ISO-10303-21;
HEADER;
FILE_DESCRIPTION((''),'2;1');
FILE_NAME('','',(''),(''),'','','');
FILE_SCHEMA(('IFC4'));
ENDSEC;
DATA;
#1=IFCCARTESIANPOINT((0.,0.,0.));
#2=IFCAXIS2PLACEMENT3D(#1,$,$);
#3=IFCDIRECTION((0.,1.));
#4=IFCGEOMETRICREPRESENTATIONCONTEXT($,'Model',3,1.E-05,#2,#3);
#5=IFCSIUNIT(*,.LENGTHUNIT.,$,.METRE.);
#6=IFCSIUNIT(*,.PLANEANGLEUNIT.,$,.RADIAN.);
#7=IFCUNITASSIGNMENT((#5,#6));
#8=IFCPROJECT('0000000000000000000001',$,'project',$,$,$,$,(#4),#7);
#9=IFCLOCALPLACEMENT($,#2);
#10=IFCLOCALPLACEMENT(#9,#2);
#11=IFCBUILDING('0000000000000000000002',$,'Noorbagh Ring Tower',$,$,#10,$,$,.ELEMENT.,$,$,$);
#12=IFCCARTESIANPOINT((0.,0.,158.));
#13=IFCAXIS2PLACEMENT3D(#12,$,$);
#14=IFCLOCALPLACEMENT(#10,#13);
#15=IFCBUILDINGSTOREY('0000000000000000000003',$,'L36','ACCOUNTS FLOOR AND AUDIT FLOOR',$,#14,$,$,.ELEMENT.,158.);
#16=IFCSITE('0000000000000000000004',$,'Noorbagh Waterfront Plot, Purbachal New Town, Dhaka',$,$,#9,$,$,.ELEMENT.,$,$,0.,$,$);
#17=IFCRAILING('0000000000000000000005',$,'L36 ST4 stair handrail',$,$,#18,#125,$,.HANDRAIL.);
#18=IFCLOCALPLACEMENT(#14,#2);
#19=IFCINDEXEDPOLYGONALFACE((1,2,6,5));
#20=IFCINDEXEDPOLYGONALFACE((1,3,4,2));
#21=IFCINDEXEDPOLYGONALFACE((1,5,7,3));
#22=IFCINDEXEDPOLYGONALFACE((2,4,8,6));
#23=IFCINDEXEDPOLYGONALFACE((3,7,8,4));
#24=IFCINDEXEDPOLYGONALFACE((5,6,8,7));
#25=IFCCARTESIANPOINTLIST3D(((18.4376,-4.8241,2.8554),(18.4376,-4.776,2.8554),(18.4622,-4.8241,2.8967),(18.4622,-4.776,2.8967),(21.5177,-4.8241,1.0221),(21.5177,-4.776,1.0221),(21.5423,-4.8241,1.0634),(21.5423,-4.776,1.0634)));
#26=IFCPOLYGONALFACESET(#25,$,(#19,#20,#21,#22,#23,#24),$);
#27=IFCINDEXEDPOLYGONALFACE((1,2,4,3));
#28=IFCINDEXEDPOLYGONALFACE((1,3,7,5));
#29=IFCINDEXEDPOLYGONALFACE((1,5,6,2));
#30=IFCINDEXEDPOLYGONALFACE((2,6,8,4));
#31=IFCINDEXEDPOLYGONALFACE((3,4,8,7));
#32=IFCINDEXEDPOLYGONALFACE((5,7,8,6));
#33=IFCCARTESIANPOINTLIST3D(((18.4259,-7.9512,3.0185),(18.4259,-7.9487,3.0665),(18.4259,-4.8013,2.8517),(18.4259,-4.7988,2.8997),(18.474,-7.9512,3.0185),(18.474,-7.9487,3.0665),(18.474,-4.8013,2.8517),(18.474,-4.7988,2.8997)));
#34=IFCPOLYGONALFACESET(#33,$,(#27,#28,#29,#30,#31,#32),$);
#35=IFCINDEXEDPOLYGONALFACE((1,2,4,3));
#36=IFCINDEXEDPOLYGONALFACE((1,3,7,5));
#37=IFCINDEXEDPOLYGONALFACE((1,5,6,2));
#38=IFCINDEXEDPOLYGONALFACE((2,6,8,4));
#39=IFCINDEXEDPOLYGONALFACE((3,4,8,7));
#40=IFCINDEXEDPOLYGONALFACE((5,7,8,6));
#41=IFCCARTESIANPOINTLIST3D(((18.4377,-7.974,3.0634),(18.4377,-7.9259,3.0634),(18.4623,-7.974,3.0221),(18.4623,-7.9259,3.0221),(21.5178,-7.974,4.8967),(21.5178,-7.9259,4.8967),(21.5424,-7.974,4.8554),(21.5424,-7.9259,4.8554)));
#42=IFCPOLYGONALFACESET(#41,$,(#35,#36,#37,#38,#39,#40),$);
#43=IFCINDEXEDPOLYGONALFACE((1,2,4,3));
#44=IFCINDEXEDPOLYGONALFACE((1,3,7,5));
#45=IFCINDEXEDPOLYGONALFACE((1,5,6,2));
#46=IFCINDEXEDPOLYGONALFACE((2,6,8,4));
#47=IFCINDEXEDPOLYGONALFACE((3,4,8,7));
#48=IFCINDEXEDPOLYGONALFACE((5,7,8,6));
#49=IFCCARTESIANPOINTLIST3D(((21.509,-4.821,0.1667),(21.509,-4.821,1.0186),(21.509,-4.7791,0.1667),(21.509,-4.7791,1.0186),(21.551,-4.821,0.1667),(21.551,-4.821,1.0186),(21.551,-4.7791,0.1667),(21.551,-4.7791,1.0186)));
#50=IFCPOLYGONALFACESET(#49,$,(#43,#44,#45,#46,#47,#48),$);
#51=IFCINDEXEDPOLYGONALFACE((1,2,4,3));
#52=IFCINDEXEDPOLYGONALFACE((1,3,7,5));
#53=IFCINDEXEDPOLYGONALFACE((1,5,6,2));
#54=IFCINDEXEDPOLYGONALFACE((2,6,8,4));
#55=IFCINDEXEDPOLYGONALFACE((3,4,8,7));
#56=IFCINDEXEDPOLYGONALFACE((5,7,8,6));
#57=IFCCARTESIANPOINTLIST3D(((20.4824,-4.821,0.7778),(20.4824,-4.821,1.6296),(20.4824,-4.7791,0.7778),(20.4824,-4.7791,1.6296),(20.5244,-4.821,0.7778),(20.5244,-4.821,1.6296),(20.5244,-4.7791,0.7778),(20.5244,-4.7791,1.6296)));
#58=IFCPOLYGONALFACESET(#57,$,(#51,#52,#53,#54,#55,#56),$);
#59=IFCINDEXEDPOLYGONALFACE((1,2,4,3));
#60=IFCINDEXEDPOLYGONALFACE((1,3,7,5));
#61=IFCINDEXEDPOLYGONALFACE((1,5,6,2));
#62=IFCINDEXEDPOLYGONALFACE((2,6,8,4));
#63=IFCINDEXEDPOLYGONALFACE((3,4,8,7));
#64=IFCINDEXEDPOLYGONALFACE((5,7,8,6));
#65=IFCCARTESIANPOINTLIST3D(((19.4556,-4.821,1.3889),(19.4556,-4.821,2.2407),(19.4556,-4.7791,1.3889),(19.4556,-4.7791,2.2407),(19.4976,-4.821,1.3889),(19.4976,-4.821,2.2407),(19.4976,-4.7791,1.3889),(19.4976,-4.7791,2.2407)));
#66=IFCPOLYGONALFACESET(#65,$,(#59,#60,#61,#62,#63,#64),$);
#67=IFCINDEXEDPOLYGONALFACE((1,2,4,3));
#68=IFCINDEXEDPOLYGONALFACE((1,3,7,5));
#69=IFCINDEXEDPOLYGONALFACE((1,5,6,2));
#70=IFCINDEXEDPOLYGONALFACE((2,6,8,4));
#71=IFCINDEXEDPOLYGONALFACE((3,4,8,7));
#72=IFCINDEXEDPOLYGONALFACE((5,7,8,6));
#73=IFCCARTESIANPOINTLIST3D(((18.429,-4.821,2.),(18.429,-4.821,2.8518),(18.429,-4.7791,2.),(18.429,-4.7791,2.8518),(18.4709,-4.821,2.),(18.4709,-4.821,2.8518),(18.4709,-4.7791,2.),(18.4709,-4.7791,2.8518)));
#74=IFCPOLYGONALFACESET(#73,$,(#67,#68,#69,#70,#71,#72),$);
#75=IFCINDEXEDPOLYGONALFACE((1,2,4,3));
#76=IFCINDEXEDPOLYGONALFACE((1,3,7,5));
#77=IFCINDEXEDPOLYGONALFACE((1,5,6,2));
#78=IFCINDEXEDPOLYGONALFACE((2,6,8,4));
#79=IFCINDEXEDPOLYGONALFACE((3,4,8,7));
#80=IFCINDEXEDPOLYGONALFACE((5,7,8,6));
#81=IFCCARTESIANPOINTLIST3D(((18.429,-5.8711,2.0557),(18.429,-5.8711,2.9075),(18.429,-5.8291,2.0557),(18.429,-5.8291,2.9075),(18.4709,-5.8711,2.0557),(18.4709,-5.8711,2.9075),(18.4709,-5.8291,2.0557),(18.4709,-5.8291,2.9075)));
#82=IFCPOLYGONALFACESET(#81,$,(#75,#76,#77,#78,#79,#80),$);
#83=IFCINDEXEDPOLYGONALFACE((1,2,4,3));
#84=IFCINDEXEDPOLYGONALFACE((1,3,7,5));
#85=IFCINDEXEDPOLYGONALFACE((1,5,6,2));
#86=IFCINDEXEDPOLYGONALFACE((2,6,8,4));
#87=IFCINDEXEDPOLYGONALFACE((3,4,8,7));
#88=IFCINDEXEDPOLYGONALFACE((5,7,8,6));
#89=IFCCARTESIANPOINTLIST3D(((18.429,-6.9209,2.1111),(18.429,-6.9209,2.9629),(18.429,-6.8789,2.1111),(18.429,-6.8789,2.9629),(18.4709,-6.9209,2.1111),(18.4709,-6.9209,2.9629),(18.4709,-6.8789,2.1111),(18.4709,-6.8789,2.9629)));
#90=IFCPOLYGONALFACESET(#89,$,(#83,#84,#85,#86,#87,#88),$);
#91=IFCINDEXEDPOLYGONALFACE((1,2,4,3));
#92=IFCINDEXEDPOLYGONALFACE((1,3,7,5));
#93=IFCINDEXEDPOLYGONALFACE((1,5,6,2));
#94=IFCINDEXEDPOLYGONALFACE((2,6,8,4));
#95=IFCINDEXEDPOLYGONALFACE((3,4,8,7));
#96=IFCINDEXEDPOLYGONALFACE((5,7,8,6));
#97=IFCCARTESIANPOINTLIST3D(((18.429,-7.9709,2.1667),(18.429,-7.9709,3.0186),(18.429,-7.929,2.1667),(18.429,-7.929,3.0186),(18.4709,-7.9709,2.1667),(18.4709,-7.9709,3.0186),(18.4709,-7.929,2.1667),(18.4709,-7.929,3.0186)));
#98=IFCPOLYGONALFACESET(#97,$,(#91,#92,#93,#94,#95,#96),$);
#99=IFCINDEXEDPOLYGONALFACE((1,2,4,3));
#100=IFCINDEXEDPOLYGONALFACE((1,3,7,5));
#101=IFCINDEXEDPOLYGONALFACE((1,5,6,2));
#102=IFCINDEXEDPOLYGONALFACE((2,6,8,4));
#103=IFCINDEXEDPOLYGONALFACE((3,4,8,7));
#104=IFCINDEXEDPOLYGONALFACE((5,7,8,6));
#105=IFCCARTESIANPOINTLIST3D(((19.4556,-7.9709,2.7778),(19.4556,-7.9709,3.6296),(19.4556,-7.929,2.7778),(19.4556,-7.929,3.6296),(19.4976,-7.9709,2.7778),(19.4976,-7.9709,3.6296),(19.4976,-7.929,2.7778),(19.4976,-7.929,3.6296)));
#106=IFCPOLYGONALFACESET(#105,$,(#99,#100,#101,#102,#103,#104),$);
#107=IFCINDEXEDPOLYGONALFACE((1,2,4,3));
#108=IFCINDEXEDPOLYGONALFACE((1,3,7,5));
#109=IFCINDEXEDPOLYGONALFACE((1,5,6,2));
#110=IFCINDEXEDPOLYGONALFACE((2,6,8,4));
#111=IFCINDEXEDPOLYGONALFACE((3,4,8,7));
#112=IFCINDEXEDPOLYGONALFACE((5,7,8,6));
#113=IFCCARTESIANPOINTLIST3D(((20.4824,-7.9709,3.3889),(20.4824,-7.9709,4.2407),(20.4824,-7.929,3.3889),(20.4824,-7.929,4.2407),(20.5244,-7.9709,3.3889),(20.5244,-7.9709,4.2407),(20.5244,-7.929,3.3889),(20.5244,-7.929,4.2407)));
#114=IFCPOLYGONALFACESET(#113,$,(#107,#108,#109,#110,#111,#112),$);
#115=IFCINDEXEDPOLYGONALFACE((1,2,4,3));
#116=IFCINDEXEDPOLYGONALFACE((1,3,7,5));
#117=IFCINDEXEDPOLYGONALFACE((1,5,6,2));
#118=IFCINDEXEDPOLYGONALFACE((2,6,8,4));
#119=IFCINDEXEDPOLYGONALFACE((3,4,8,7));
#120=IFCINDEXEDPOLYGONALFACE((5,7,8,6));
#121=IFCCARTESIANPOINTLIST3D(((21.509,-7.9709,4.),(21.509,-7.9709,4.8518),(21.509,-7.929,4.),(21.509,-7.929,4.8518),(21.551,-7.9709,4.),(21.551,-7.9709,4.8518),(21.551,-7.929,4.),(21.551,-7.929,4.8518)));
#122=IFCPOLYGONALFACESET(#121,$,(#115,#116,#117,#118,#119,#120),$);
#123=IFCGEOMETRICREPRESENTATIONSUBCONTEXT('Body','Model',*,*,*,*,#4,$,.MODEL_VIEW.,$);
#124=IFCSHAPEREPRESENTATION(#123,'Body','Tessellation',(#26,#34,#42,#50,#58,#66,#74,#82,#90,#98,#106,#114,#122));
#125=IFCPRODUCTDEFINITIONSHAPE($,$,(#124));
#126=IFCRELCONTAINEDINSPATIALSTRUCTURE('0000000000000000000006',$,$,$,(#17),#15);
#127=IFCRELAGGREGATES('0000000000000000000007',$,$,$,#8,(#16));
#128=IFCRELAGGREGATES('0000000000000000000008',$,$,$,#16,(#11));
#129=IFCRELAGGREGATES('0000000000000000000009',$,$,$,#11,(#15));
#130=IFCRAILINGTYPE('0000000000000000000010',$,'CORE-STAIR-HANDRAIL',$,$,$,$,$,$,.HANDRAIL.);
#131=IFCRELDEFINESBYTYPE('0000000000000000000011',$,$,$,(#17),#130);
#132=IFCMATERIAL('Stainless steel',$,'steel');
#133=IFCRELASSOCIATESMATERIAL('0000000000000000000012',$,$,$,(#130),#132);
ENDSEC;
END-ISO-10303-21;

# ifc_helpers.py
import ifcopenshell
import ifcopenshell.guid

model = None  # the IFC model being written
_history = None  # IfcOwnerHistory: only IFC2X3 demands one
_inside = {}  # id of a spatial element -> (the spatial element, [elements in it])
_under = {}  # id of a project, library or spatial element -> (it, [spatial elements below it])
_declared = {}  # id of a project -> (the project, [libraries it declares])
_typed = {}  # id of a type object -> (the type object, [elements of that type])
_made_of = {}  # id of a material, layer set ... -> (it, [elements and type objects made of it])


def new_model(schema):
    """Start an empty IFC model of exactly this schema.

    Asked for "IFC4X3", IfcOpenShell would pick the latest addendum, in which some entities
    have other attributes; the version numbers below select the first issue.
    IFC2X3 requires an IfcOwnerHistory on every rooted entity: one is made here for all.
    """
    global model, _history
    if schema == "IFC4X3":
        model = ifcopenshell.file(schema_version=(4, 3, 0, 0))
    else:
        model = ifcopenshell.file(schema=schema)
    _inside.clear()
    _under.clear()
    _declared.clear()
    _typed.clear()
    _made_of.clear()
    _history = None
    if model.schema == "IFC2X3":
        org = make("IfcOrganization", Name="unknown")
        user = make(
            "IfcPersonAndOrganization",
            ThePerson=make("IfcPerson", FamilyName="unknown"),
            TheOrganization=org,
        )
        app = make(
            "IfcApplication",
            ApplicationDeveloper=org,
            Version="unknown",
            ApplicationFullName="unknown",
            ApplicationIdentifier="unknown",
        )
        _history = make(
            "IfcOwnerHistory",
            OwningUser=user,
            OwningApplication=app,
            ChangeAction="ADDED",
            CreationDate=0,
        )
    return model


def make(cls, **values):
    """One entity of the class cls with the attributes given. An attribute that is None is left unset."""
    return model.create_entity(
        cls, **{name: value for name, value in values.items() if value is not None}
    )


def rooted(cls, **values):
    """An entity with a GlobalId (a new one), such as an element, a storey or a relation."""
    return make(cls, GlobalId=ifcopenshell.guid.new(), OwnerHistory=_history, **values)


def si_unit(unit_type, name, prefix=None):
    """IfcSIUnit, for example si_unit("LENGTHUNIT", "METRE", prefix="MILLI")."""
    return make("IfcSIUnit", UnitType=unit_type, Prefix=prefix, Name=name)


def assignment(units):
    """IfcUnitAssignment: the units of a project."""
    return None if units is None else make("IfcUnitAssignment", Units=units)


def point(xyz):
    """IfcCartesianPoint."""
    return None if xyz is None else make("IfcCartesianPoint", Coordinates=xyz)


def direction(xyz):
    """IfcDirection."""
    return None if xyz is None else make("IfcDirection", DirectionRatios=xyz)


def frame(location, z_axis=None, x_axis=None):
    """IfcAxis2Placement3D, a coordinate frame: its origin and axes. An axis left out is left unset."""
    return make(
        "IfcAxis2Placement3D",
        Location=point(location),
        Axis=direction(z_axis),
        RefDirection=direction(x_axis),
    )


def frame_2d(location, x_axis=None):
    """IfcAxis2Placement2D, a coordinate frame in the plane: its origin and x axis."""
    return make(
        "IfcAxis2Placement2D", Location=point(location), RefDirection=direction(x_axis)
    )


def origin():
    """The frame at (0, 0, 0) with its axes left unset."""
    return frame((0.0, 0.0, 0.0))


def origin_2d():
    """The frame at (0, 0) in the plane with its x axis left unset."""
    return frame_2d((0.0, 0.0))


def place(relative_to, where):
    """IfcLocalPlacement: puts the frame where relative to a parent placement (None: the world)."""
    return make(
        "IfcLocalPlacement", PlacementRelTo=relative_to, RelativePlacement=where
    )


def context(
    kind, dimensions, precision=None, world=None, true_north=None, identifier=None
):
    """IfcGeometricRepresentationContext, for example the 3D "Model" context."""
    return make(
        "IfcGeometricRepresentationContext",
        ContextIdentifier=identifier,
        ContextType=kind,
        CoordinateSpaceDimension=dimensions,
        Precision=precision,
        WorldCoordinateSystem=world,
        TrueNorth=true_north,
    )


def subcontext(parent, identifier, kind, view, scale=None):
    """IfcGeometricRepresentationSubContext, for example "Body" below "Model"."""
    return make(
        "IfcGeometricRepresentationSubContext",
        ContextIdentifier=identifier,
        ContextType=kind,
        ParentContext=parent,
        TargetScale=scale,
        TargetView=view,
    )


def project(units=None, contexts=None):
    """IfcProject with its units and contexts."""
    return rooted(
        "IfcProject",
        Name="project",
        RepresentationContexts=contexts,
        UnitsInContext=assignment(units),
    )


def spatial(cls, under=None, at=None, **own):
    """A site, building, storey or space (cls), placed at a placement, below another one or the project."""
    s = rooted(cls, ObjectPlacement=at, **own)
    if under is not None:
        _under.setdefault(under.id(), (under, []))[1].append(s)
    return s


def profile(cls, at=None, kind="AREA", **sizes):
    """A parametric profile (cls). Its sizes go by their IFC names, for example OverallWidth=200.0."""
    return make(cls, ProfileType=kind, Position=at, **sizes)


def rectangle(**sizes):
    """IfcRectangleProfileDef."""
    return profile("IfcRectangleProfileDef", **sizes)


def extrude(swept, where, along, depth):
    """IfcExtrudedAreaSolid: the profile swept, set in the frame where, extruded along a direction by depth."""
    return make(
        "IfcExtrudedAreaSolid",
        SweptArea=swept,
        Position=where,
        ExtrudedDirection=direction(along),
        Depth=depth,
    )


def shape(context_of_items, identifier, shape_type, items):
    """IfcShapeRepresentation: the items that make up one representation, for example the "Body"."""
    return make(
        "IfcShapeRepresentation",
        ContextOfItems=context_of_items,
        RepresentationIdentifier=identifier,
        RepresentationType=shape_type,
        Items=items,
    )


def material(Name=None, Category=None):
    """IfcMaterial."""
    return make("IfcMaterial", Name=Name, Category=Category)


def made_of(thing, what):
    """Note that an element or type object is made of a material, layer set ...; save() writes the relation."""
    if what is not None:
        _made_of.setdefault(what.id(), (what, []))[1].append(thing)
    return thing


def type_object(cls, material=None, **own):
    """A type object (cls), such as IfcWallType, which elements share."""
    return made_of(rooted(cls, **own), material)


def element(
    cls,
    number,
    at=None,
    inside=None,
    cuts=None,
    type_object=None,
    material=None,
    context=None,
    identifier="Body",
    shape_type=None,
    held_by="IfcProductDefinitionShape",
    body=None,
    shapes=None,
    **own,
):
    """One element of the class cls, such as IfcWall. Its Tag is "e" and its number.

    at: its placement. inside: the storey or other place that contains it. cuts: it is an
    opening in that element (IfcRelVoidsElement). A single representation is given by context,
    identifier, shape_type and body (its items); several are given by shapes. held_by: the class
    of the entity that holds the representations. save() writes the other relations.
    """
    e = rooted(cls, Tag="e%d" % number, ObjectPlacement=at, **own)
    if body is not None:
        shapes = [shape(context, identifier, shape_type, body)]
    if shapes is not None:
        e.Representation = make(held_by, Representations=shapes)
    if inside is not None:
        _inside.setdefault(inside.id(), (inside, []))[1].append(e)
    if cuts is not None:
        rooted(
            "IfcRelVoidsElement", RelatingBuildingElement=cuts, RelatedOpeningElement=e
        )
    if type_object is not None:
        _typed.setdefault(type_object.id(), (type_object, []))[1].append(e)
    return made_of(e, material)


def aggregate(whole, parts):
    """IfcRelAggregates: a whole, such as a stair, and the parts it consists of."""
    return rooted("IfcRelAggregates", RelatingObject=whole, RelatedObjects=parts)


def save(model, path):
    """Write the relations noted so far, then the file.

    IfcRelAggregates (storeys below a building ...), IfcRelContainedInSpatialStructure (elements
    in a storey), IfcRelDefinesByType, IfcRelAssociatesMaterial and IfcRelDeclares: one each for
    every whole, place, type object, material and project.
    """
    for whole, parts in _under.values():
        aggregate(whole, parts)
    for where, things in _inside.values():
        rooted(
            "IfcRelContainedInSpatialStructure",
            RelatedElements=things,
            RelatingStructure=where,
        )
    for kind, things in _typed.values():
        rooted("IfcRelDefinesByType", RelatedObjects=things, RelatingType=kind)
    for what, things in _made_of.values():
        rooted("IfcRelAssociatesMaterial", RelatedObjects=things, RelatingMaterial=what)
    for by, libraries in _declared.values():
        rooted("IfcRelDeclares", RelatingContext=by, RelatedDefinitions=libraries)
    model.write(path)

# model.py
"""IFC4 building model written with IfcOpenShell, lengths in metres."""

from ifc_helpers import new_model, si_unit, direction, frame, origin, origin_2d, place, context, subcontext, project, spatial, rectangle, extrude, material, type_object, element, save


model = new_model("IFC4")

# Units and contexts
model_context = context("Model", 3, precision=1e-05, world=origin(), true_north=direction((0.0, 1.0)))
body_context = subcontext(model_context, "Body", "Model", "MODEL_VIEW")
ifc_project = project(units=[si_unit("LENGTHUNIT", "METRE"), si_unit("PLANEANGLEUNIT", "RADIAN")], contexts=[model_context])

# Site, building, storey
site_placement = place(None, origin())
site = spatial("IfcSite", under=ifc_project, at=site_placement, Name="Noorbagh Waterfront Plot, Purbachal New Town, Dhaka", CompositionType="ELEMENT", RefElevation=0.0)
building_placement = place(site_placement, origin())
building = spatial("IfcBuilding", under=site, at=building_placement, Name="Noorbagh Ring Tower", CompositionType="ELEMENT")
storey_placement = place(building_placement, frame((0.0, 0.0, 158.0)))
storey = spatial("IfcBuildingStorey", under=building, at=storey_placement, Name="L36", Description="ACCOUNTS FLOOR AND AUDIT FLOOR", CompositionType="ELEMENT", Elevation=158.0)

# Railing
ifc_material_1 = material(Name="Stainless steel", Category="steel")
railing_type_1 = type_object("IfcRailingType", Name="CORE-STAIR-HANDRAIL", PredefinedType="HANDRAIL", material=ifc_material_1)
railing_1_placement = place(storey_placement, frame((21.53, -4.8, 0.1667)))
element("IfcRailing", 1, at=railing_1_placement, inside=storey, type_object=railing_type_1, Name="L36 ST4 stair handrail", PredefinedType="HANDRAIL", context=body_context, shape_type="SweptSolid", body=[
    extrude(rectangle(XDim=0.0481, YDim=0.0481, at=origin_2d()), frame((0.0, 0.0, 0.876), z_axis=(-0.859309, 0.0, 0.511458), x_axis=(0.0, -1.0, 0.0)), (0.0, 0.0, 1.0), 3.5845),
    extrude(rectangle(XDim=0.0481, YDim=0.0481, at=origin_2d()), frame((-3.0801, 0.0, 2.709), z_axis=(0.0, -0.998602, 0.052864), x_axis=(1.0, 0.0, 0.0)), (0.0, 0.0, 1.0), 3.1543),
    extrude(rectangle(XDim=0.0481, YDim=0.0481, at=origin_2d()), frame((-3.0801, -3.1499, 2.876), z_axis=(0.859309, 0.0, 0.511458), x_axis=(0.0, 1.0, 0.0)), (0.0, 0.0, 1.0), 3.5845),
    extrude(rectangle(XDim=0.042, YDim=0.042, at=origin_2d()), origin(), (0.0, 0.0, 1.0), 0.8518),
    extrude(rectangle(XDim=0.042, YDim=0.042, at=origin_2d()), frame((-1.0266, 0.0, 0.6111)), (0.0, 0.0, 1.0), 0.8518),
    extrude(rectangle(XDim=0.042, YDim=0.042, at=origin_2d()), frame((-2.0535, 0.0, 1.2222)), (0.0, 0.0, 1.0), 0.8518),
    extrude(rectangle(XDim=0.042, YDim=0.042, at=origin_2d()), frame((-3.0801, 0.0, 1.8333)), (0.0, 0.0, 1.0), 0.8518),
    extrude(rectangle(XDim=0.042, YDim=0.042, at=origin_2d()), frame((-3.0801, -1.05, 1.8889)), (0.0, 0.0, 1.0), 0.8518),
    extrude(rectangle(XDim=0.042, YDim=0.042, at=origin_2d()), frame((-3.0801, -2.0999, 1.9443)), (0.0, 0.0, 1.0), 0.8518),
    extrude(rectangle(XDim=0.042, YDim=0.042, at=origin_2d()), frame((-3.0801, -3.1499, 2.0)), (0.0, 0.0, 1.0), 0.8518),
    extrude(rectangle(XDim=0.042, YDim=0.042, at=origin_2d()), frame((-2.0535, -3.1499, 2.6111)), (0.0, 0.0, 1.0), 0.8518),
    extrude(rectangle(XDim=0.042, YDim=0.042, at=origin_2d()), frame((-1.0266, -3.1499, 3.2222)), (0.0, 0.0, 1.0), 0.8518),
    extrude(rectangle(XDim=0.042, YDim=0.042, at=origin_2d()), frame((0.0, -3.1499, 3.8333)), (0.0, 0.0, 1.0), 0.8518),
])

save(model, "model.ifc")
